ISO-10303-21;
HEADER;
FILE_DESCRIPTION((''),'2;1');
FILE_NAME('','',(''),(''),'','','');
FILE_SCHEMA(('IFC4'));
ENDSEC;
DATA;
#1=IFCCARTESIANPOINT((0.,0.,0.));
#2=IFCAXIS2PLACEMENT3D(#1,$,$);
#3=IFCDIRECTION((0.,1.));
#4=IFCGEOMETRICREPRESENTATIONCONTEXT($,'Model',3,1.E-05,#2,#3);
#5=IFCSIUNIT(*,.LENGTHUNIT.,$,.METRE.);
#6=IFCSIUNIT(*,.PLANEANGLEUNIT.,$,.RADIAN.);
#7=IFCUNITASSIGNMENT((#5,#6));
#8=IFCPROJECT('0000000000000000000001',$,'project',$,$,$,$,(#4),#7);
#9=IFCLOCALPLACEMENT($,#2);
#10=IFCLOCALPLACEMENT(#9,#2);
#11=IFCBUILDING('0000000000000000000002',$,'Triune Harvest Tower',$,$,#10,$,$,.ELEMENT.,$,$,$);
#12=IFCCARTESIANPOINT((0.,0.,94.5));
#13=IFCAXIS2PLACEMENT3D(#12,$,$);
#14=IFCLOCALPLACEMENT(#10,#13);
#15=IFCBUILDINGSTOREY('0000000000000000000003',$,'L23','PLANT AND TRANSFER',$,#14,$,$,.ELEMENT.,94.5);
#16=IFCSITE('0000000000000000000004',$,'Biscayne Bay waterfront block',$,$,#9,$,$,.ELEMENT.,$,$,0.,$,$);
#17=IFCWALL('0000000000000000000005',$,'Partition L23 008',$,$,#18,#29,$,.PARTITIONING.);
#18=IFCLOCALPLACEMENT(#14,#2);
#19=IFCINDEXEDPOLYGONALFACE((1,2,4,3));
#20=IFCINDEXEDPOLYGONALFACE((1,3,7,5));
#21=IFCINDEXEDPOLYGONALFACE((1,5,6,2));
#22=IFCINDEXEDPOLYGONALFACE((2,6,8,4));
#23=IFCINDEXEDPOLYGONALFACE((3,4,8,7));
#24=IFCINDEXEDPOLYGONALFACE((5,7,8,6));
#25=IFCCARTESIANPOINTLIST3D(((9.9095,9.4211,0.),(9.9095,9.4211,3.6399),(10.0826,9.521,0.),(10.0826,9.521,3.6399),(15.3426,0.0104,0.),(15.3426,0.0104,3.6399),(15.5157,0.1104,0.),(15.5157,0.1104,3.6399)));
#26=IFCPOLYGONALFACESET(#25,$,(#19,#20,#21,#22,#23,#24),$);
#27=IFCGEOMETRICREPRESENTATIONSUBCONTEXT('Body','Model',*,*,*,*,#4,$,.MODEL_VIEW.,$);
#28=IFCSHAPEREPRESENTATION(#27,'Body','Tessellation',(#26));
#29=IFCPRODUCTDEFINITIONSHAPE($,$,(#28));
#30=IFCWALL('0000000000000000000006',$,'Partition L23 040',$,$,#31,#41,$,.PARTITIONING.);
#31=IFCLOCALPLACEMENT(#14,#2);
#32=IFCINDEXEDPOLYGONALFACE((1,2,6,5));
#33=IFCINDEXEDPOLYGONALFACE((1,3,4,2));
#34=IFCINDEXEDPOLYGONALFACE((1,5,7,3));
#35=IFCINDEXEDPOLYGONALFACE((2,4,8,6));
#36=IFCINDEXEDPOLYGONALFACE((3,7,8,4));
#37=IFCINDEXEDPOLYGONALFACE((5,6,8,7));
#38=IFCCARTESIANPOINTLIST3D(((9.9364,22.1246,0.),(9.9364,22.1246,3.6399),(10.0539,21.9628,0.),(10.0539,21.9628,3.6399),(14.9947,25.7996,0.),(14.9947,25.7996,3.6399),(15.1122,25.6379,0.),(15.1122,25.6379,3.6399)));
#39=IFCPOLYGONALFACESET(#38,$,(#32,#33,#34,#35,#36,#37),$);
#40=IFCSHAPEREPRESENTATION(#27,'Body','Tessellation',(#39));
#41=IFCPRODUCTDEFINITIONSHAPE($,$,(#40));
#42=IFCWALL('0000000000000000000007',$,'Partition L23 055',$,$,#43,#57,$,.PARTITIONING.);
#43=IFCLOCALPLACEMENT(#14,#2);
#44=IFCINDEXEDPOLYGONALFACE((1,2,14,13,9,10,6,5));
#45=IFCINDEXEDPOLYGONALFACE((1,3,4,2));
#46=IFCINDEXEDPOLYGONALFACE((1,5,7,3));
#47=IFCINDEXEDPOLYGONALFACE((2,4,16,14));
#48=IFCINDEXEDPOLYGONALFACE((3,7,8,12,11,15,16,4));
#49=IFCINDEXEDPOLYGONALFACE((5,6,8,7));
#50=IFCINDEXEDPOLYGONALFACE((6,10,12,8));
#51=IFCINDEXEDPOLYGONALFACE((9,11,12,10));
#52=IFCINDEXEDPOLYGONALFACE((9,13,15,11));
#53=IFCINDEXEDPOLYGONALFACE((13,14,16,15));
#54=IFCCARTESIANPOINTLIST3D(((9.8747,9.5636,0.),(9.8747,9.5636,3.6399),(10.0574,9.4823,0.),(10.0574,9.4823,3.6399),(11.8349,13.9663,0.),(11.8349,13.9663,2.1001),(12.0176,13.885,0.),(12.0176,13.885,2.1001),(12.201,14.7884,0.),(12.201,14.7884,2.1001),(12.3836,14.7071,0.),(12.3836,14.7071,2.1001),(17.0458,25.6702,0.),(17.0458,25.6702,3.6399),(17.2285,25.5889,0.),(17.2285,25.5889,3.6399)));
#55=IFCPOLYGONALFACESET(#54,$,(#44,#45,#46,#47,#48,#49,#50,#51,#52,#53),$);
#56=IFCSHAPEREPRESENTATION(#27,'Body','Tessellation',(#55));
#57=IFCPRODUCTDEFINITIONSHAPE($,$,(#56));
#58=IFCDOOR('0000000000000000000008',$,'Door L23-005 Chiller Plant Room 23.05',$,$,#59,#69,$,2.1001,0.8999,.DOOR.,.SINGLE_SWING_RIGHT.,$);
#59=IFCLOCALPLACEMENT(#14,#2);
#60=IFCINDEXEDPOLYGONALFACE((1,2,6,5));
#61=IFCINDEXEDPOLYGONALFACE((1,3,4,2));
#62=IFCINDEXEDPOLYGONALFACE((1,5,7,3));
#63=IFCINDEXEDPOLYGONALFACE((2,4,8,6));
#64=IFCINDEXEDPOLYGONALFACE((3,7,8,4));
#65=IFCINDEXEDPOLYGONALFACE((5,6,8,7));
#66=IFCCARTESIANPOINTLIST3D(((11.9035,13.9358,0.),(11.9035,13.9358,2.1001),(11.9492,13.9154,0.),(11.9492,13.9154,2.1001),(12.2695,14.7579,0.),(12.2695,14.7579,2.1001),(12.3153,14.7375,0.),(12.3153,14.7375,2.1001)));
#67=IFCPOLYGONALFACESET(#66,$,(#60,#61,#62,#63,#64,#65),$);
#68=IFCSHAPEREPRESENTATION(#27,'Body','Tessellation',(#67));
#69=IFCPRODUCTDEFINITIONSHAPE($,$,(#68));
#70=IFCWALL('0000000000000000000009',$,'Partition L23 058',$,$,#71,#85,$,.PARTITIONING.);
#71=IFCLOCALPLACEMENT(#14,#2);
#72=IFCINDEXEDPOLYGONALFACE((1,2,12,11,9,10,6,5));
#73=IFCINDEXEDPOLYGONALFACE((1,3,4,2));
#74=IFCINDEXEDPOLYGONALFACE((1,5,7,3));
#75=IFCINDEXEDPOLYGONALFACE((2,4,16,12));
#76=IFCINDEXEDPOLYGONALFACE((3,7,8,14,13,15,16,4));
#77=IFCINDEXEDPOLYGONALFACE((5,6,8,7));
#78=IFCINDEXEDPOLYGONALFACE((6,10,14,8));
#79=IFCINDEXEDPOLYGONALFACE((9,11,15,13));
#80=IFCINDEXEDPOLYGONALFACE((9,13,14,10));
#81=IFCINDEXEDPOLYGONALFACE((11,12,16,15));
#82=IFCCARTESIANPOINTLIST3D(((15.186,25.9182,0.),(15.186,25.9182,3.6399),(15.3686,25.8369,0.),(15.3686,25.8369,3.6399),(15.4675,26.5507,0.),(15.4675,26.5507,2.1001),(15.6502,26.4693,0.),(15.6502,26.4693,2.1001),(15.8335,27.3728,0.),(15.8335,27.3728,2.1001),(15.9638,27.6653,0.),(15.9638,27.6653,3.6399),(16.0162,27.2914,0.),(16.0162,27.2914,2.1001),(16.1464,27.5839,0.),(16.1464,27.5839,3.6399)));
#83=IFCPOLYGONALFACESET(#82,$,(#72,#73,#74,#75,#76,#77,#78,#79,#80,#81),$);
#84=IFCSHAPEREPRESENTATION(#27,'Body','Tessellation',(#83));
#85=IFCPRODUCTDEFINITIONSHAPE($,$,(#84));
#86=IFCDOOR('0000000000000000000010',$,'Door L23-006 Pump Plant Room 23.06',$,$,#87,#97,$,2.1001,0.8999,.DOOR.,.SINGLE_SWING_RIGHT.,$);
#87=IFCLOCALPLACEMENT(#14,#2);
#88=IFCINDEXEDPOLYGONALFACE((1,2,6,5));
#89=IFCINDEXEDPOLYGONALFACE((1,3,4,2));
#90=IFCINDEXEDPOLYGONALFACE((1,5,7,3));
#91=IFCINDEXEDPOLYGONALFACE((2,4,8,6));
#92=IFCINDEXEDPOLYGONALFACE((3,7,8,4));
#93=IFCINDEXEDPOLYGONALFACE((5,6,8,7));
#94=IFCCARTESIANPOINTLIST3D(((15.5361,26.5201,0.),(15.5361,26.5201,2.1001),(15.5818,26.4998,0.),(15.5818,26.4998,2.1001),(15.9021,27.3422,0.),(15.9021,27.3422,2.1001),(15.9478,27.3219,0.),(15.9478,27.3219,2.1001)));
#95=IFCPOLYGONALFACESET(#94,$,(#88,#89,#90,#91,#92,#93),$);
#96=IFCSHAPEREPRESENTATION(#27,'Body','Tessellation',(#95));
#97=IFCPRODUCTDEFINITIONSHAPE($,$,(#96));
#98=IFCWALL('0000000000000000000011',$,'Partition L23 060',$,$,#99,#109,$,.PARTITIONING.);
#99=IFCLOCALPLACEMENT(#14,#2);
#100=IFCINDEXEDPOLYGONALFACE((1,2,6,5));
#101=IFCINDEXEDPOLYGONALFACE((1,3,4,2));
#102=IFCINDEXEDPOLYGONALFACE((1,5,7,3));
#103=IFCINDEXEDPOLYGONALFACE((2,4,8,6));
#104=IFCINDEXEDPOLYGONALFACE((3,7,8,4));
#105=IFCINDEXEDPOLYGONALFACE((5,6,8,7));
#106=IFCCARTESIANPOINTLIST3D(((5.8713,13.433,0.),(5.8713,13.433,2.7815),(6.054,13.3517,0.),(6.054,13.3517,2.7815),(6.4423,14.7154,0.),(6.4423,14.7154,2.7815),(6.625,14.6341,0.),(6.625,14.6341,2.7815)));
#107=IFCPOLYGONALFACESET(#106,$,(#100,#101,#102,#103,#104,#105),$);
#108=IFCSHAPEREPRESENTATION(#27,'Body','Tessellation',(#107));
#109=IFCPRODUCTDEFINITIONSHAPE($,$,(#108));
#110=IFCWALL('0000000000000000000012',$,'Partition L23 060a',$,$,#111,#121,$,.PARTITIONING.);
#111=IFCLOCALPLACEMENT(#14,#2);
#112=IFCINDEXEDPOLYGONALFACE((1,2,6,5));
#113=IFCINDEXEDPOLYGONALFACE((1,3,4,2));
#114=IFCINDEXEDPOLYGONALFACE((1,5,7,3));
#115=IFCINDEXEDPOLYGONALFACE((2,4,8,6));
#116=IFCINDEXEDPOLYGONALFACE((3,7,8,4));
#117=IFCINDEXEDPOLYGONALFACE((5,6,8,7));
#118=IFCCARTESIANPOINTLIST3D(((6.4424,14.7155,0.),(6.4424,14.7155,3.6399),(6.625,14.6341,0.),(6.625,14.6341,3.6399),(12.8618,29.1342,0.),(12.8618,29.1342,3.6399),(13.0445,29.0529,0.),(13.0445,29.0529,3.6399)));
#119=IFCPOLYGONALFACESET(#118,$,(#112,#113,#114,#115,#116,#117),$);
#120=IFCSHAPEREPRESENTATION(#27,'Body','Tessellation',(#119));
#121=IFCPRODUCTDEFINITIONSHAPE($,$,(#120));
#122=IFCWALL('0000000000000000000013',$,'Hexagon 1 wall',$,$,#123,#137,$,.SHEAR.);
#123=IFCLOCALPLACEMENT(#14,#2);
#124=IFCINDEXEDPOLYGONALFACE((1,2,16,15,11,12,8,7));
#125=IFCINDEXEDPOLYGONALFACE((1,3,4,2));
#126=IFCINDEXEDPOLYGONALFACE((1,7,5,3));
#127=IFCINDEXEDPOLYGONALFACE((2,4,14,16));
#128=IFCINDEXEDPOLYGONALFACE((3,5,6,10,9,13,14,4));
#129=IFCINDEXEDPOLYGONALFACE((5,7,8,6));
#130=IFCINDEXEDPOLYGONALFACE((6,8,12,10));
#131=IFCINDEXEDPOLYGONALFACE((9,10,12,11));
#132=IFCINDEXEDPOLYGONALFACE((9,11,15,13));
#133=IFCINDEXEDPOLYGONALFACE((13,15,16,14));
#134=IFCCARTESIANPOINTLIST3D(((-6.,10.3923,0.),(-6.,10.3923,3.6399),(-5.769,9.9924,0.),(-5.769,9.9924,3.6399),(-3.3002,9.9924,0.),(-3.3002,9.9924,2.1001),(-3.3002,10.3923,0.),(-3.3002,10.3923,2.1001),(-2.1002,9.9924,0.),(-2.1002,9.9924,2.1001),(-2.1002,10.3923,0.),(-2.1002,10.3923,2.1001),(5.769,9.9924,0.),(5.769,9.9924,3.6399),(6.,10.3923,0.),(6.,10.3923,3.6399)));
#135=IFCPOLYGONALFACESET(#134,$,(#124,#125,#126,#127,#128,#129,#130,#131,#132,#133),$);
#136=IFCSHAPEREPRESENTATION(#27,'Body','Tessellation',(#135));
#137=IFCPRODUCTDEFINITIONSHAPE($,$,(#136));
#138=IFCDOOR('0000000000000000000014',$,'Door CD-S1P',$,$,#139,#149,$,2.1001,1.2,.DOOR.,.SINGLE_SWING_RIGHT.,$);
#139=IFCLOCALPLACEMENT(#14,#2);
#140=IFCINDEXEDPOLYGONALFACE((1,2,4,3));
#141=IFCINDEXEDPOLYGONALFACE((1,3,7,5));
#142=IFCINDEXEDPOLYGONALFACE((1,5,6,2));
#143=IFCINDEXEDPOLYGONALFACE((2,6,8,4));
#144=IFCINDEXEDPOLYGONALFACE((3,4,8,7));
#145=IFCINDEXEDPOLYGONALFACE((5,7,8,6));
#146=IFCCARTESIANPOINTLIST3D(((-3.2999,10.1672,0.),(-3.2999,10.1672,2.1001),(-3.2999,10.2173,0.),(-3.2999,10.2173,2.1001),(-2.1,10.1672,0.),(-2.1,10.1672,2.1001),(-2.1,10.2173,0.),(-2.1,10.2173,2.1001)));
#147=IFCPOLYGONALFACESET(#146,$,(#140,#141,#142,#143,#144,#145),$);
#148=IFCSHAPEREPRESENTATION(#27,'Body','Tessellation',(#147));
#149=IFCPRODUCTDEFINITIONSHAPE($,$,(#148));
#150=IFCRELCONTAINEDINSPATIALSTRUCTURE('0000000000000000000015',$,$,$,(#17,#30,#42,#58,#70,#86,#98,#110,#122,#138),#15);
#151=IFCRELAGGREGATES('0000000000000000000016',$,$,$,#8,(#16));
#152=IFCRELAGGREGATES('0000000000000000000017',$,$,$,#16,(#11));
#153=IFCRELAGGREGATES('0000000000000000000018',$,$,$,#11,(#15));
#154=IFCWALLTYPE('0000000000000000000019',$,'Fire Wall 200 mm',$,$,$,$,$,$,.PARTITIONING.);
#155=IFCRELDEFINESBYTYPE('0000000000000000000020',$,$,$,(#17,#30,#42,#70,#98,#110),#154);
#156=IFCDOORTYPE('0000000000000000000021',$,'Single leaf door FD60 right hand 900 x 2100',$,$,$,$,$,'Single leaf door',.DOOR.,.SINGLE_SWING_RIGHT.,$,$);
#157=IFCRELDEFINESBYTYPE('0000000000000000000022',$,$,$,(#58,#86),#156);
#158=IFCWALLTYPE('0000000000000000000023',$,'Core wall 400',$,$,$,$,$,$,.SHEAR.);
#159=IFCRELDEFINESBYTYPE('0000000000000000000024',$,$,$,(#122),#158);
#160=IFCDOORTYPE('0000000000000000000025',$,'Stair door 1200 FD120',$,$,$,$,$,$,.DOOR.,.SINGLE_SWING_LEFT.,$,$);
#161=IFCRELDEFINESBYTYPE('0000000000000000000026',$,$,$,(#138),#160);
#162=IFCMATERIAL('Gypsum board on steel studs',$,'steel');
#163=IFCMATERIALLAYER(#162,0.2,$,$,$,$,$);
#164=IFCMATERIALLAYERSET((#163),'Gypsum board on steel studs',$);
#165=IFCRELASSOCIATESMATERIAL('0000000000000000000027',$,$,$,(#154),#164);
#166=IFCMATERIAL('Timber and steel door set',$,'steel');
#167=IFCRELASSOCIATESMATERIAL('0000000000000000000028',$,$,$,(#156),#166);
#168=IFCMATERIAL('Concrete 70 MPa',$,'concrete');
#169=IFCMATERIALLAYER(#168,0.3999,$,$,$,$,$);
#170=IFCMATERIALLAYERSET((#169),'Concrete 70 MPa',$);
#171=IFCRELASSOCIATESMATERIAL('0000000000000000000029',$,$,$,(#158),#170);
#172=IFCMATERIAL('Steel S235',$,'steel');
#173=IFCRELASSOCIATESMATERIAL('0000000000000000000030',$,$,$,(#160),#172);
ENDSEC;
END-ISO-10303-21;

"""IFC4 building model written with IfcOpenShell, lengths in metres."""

from ifc_helpers import new_model, si_unit, direction, frame, frame_2d, origin, place, context, subcontext, project, spatial, polyline, rectangle, outline, extrude, source, transform, mapped, material, layer, layer_set, type_object, element, fill, save


model = new_model("IFC4")

# Units and contexts
model_context = context("Model", 3, precision=1e-05, world=origin(), true_north=direction((0.0, 1.0)))
body_context = subcontext(model_context, "Body", "Model", "MODEL_VIEW")
ifc_project = project(units=[si_unit("LENGTHUNIT", "METRE"), si_unit("PLANEANGLEUNIT", "RADIAN")], contexts=[model_context])

# Site, building, storey
site_placement = place(None, origin())
site = spatial("IfcSite", under=ifc_project, at=site_placement, Name="Biscayne Bay waterfront block", CompositionType="ELEMENT", RefElevation=0.0)
building_placement = place(site_placement, origin())
building = spatial("IfcBuilding", under=site, at=building_placement, Name="Triune Harvest Tower", CompositionType="ELEMENT")
storey_placement = place(building_placement, frame((0.0, 0.0, 94.5)))
storey = spatial("IfcBuildingStorey", under=building, at=storey_placement, Name="L23", Description="PLANT AND TRANSFER", CompositionType="ELEMENT", Elevation=94.5)

# Walls
ifc_material_1 = material(Name="Gypsum board on steel studs", Category="steel")
ifc_layer_1 = layer(ifc_material_1, 0.2)
ifc_layer_set_1 = layer_set([ifc_layer_1], Name="Gypsum board on steel studs")
wall_type_1 = type_object("IfcWallType", Name="Fire Wall 200 mm", PredefinedType="PARTITIONING", material=ifc_layer_set_1)
wall_1_placement = place(storey_placement, frame((9.9961, 9.4709, 0.0), z_axis=(0.0, 0.0, 1.0), x_axis=(0.499991, -0.866031, 0.0)))
element("IfcWall", 1, at=wall_1_placement, inside=storey, type_object=wall_type_1, Name="Partition L23 008", PredefinedType="PARTITIONING", context=body_context, shape_type="SweptSolid", body=[
    extrude(rectangle(XDim=10.8665, YDim=0.2, at=frame_2d((5.4331, 0.0))), origin(), (0.0, 0.0, 1.0), 3.6399),
])
wall_2_placement = place(storey_placement, frame((9.9951, 22.0437, 0.0), z_axis=(0.0, 0.0, 1.0), x_axis=(0.809021, 0.587779, 0.0)))
element("IfcWall", 2, at=wall_2_placement, inside=storey, type_object=wall_type_1, Name="Partition L23 040", PredefinedType="PARTITIONING", context=body_context, shape_type="SweptSolid", body=[
    extrude(rectangle(XDim=6.2524, YDim=0.2, at=frame_2d((3.1262, 0.0))), origin(), (0.0, 0.0, 1.0), 3.6399),
])

# Walls, openings, doors
wall_3_placement = place(storey_placement, frame((9.9661, 9.5229, 0.0), z_axis=(0.0, 0.0, 1.0), x_axis=(0.406736, 0.913546, 0.0)))
wall_3 = element("IfcWall", 3, at=wall_3_placement, inside=storey, type_object=wall_type_1, Name="Partition L23 055", PredefinedType="PARTITIONING", context=body_context, shape_type="SweptSolid", body=[
    extrude(rectangle(XDim=17.6309, YDim=0.2, at=frame_2d((8.8154, 0.0))), origin(), (0.0, 0.0, 1.0), 3.6399),
])
opening_1_placement = place(wall_3_placement, frame((4.8193, 0.0, 0.0)))
opening_1 = element("IfcOpeningElement", 4, at=opening_1_placement, cuts=wall_3, PredefinedType="OPENING", context=body_context, shape_type="SweptSolid", body=[
    extrude(rectangle(XDim=0.8999, YDim=2.1001, at=frame_2d((0.45, 1.05))), frame((0.0, 0.1099, 0.0), z_axis=(0.0, -1.0, 0.0), x_axis=(1.0, 0.0, 0.0)), (0.0, 0.0, 1.0), 0.22),
])
ifc_material_2 = material(Name="Timber and steel door set", Category="steel")
door_type_1 = type_object("IfcDoorType", Name="Single leaf door FD60 right hand 900 x 2100", ElementType="Single leaf door", OperationType="SINGLE_SWING_RIGHT", PredefinedType="DOOR", material=ifc_material_2)
door_1_placement = place(opening_1_placement, origin())
door_1 = element("IfcDoor", 5, at=door_1_placement, inside=storey, type_object=door_type_1, Name="Door L23-005 Chiller Plant Room 23.05", OperationType="SINGLE_SWING_RIGHT", OverallHeight=2.1001, OverallWidth=0.8999, PredefinedType="DOOR", context=body_context, shape_type="SweptSolid", body=[
    extrude(rectangle(XDim=0.8999, YDim=2.1001, at=frame_2d((0.45, 1.05))), frame((0.0, 0.0249, 0.0), z_axis=(0.0, -1.0, 0.0), x_axis=(1.0, 0.0, 0.0)), (0.0, 0.0, 1.0), 0.05),
])
fill(opening_1, door_1)
wall_4_placement = place(storey_placement, frame((15.2773, 25.8777, 0.0), z_axis=(0.0, 0.0, 1.0), x_axis=(0.406731, 0.913548, 0.0)))
wall_4 = element("IfcWall", 6, at=wall_4_placement, inside=storey, type_object=wall_type_1, Name="Partition L23 058", PredefinedType="PARTITIONING", context=body_context, shape_type="SweptSolid", body=[
    extrude(rectangle(XDim=1.9124, YDim=0.2, at=frame_2d((0.9561, 0.0))), origin(), (0.0, 0.0, 1.0), 3.6399),
])
opening_2_placement = place(wall_4_placement, frame((0.6921, 0.0, 0.0)))
opening_2 = element("IfcOpeningElement", 7, at=opening_2_placement, cuts=wall_4, PredefinedType="OPENING", context=body_context, shape_type="SweptSolid", body=[
    extrude(rectangle(XDim=0.8999, YDim=2.1001, at=frame_2d((0.45, 1.05))), frame((0.0, 0.1099, 0.0), z_axis=(0.0, -1.0, 0.0), x_axis=(1.0, 0.0, 0.0)), (0.0, 0.0, 1.0), 0.22),
])
door_2_placement = place(opening_2_placement, origin())
door_2 = element("IfcDoor", 8, at=door_2_placement, inside=storey, type_object=door_type_1, Name="Door L23-006 Pump Plant Room 23.06", OperationType="SINGLE_SWING_RIGHT", OverallHeight=2.1001, OverallWidth=0.8999, PredefinedType="DOOR", context=body_context, shape_type="SweptSolid", body=[
    extrude(rectangle(XDim=0.8999, YDim=2.1001, at=frame_2d((0.45, 1.05))), frame((0.0, 0.0249, 0.0), z_axis=(0.0, -1.0, 0.0), x_axis=(1.0, 0.0, 0.0)), (0.0, 0.0, 1.0), 0.05),
])
fill(opening_2, door_2)

# Walls
wall_5_placement = place(storey_placement, frame((5.9626, 13.3923, 0.0), z_axis=(0.0, 0.0, 1.0), x_axis=(0.406768, 0.913532, 0.0)))
element("IfcWall", 9, at=wall_5_placement, inside=storey, type_object=wall_type_1, Name="Partition L23 060", PredefinedType="PARTITIONING", context=body_context, shape_type="SweptSolid", body=[
    extrude(rectangle(XDim=1.4038, YDim=0.2, at=frame_2d((0.7019, 0.0))), origin(), (0.0, 0.0, 1.0), 2.7815),
])
wall_6_placement = place(storey_placement, frame((6.5337, 14.6748, 0.0), z_axis=(0.0, 0.0, 1.0), x_axis=(0.406727, 0.91355, 0.0)))
element("IfcWall", 10, at=wall_6_placement, inside=storey, type_object=wall_type_1, Name="Partition L23 060a", PredefinedType="PARTITIONING", context=body_context, shape_type="SweptSolid", body=[
    extrude(rectangle(XDim=15.7832, YDim=0.2, at=frame_2d((7.8916, 0.0))), origin(), (0.0, 0.0, 1.0), 3.6399),
])

# Wall, opening, door
ifc_material_3 = material(Name="Concrete 70 MPa", Category="concrete")
ifc_layer_2 = layer(ifc_material_3, 0.3999)
ifc_layer_set_2 = layer_set([ifc_layer_2], Name="Concrete 70 MPa")
wall_type_2 = type_object("IfcWallType", Name="Core wall 400", PredefinedType="SHEAR", material=ifc_layer_set_2)
shared_shape_1 = source(origin(), body_context, "Body", "SweptSolid", [
    extrude(outline(polyline([(-0.1155, -0.2), (11.8845, -0.2), (11.6536, 0.2), (0.1155, 0.2), (-0.1155, -0.2)])), origin(), (0.0, 0.0, 1.0), 3.6399),
])
wall_7_placement = place(storey_placement, frame((5.8845, 10.1924, 0.0), z_axis=(0.0, 0.0, 1.0), x_axis=(-1.0, 0.0, 0.0)))
wall_7 = element("IfcWall", 11, at=wall_7_placement, inside=storey, type_object=wall_type_2, Name="Hexagon 1 wall", PredefinedType="SHEAR", context=body_context, shape_type="MappedRepresentation", body=[
    mapped(shared_shape_1, transform((0.0, 0.0, 0.0), scale=1.0)),
])
opening_3_placement = place(wall_7_placement, frame((7.9846, 0.0, 0.0)))
opening_3 = element("IfcOpeningElement", 12, at=opening_3_placement, cuts=wall_7, PredefinedType="OPENING", context=body_context, shape_type="SweptSolid", body=[
    extrude(rectangle(XDim=1.2, YDim=2.1001, at=frame_2d((0.6001, 1.05))), frame((0.0, 0.21, 0.0), z_axis=(0.0, -1.0, 0.0), x_axis=(1.0, 0.0, 0.0)), (0.0, 0.0, 1.0), 0.4199),
])
ifc_material_4 = material(Name="Steel S235", Category="steel")
door_type_2 = type_object("IfcDoorType", Name="Stair door 1200 FD120", OperationType="SINGLE_SWING_LEFT", PredefinedType="DOOR", material=ifc_material_4)
door_3_placement = place(opening_3_placement, frame((1.2, 0.0, 0.0), z_axis=(0.0, 0.0, 1.0), x_axis=(-1.0, 0.0, 0.0)))
door_3 = element("IfcDoor", 13, at=door_3_placement, inside=storey, type_object=door_type_2, Name="Door CD-S1P", OperationType="SINGLE_SWING_RIGHT", OverallHeight=2.1001, OverallWidth=1.2, PredefinedType="DOOR", context=body_context, shape_type="SweptSolid", body=[
    extrude(rectangle(XDim=1.2, YDim=2.1001, at=frame_2d((0.6001, 1.05))), frame((0.0, 0.0249, 0.0), z_axis=(0.0, -1.0, 0.0), x_axis=(1.0, 0.0, 0.0)), (0.0, 0.0, 1.0), 0.05),
])
fill(opening_3, door_3)

save(model, "model.ifc")
